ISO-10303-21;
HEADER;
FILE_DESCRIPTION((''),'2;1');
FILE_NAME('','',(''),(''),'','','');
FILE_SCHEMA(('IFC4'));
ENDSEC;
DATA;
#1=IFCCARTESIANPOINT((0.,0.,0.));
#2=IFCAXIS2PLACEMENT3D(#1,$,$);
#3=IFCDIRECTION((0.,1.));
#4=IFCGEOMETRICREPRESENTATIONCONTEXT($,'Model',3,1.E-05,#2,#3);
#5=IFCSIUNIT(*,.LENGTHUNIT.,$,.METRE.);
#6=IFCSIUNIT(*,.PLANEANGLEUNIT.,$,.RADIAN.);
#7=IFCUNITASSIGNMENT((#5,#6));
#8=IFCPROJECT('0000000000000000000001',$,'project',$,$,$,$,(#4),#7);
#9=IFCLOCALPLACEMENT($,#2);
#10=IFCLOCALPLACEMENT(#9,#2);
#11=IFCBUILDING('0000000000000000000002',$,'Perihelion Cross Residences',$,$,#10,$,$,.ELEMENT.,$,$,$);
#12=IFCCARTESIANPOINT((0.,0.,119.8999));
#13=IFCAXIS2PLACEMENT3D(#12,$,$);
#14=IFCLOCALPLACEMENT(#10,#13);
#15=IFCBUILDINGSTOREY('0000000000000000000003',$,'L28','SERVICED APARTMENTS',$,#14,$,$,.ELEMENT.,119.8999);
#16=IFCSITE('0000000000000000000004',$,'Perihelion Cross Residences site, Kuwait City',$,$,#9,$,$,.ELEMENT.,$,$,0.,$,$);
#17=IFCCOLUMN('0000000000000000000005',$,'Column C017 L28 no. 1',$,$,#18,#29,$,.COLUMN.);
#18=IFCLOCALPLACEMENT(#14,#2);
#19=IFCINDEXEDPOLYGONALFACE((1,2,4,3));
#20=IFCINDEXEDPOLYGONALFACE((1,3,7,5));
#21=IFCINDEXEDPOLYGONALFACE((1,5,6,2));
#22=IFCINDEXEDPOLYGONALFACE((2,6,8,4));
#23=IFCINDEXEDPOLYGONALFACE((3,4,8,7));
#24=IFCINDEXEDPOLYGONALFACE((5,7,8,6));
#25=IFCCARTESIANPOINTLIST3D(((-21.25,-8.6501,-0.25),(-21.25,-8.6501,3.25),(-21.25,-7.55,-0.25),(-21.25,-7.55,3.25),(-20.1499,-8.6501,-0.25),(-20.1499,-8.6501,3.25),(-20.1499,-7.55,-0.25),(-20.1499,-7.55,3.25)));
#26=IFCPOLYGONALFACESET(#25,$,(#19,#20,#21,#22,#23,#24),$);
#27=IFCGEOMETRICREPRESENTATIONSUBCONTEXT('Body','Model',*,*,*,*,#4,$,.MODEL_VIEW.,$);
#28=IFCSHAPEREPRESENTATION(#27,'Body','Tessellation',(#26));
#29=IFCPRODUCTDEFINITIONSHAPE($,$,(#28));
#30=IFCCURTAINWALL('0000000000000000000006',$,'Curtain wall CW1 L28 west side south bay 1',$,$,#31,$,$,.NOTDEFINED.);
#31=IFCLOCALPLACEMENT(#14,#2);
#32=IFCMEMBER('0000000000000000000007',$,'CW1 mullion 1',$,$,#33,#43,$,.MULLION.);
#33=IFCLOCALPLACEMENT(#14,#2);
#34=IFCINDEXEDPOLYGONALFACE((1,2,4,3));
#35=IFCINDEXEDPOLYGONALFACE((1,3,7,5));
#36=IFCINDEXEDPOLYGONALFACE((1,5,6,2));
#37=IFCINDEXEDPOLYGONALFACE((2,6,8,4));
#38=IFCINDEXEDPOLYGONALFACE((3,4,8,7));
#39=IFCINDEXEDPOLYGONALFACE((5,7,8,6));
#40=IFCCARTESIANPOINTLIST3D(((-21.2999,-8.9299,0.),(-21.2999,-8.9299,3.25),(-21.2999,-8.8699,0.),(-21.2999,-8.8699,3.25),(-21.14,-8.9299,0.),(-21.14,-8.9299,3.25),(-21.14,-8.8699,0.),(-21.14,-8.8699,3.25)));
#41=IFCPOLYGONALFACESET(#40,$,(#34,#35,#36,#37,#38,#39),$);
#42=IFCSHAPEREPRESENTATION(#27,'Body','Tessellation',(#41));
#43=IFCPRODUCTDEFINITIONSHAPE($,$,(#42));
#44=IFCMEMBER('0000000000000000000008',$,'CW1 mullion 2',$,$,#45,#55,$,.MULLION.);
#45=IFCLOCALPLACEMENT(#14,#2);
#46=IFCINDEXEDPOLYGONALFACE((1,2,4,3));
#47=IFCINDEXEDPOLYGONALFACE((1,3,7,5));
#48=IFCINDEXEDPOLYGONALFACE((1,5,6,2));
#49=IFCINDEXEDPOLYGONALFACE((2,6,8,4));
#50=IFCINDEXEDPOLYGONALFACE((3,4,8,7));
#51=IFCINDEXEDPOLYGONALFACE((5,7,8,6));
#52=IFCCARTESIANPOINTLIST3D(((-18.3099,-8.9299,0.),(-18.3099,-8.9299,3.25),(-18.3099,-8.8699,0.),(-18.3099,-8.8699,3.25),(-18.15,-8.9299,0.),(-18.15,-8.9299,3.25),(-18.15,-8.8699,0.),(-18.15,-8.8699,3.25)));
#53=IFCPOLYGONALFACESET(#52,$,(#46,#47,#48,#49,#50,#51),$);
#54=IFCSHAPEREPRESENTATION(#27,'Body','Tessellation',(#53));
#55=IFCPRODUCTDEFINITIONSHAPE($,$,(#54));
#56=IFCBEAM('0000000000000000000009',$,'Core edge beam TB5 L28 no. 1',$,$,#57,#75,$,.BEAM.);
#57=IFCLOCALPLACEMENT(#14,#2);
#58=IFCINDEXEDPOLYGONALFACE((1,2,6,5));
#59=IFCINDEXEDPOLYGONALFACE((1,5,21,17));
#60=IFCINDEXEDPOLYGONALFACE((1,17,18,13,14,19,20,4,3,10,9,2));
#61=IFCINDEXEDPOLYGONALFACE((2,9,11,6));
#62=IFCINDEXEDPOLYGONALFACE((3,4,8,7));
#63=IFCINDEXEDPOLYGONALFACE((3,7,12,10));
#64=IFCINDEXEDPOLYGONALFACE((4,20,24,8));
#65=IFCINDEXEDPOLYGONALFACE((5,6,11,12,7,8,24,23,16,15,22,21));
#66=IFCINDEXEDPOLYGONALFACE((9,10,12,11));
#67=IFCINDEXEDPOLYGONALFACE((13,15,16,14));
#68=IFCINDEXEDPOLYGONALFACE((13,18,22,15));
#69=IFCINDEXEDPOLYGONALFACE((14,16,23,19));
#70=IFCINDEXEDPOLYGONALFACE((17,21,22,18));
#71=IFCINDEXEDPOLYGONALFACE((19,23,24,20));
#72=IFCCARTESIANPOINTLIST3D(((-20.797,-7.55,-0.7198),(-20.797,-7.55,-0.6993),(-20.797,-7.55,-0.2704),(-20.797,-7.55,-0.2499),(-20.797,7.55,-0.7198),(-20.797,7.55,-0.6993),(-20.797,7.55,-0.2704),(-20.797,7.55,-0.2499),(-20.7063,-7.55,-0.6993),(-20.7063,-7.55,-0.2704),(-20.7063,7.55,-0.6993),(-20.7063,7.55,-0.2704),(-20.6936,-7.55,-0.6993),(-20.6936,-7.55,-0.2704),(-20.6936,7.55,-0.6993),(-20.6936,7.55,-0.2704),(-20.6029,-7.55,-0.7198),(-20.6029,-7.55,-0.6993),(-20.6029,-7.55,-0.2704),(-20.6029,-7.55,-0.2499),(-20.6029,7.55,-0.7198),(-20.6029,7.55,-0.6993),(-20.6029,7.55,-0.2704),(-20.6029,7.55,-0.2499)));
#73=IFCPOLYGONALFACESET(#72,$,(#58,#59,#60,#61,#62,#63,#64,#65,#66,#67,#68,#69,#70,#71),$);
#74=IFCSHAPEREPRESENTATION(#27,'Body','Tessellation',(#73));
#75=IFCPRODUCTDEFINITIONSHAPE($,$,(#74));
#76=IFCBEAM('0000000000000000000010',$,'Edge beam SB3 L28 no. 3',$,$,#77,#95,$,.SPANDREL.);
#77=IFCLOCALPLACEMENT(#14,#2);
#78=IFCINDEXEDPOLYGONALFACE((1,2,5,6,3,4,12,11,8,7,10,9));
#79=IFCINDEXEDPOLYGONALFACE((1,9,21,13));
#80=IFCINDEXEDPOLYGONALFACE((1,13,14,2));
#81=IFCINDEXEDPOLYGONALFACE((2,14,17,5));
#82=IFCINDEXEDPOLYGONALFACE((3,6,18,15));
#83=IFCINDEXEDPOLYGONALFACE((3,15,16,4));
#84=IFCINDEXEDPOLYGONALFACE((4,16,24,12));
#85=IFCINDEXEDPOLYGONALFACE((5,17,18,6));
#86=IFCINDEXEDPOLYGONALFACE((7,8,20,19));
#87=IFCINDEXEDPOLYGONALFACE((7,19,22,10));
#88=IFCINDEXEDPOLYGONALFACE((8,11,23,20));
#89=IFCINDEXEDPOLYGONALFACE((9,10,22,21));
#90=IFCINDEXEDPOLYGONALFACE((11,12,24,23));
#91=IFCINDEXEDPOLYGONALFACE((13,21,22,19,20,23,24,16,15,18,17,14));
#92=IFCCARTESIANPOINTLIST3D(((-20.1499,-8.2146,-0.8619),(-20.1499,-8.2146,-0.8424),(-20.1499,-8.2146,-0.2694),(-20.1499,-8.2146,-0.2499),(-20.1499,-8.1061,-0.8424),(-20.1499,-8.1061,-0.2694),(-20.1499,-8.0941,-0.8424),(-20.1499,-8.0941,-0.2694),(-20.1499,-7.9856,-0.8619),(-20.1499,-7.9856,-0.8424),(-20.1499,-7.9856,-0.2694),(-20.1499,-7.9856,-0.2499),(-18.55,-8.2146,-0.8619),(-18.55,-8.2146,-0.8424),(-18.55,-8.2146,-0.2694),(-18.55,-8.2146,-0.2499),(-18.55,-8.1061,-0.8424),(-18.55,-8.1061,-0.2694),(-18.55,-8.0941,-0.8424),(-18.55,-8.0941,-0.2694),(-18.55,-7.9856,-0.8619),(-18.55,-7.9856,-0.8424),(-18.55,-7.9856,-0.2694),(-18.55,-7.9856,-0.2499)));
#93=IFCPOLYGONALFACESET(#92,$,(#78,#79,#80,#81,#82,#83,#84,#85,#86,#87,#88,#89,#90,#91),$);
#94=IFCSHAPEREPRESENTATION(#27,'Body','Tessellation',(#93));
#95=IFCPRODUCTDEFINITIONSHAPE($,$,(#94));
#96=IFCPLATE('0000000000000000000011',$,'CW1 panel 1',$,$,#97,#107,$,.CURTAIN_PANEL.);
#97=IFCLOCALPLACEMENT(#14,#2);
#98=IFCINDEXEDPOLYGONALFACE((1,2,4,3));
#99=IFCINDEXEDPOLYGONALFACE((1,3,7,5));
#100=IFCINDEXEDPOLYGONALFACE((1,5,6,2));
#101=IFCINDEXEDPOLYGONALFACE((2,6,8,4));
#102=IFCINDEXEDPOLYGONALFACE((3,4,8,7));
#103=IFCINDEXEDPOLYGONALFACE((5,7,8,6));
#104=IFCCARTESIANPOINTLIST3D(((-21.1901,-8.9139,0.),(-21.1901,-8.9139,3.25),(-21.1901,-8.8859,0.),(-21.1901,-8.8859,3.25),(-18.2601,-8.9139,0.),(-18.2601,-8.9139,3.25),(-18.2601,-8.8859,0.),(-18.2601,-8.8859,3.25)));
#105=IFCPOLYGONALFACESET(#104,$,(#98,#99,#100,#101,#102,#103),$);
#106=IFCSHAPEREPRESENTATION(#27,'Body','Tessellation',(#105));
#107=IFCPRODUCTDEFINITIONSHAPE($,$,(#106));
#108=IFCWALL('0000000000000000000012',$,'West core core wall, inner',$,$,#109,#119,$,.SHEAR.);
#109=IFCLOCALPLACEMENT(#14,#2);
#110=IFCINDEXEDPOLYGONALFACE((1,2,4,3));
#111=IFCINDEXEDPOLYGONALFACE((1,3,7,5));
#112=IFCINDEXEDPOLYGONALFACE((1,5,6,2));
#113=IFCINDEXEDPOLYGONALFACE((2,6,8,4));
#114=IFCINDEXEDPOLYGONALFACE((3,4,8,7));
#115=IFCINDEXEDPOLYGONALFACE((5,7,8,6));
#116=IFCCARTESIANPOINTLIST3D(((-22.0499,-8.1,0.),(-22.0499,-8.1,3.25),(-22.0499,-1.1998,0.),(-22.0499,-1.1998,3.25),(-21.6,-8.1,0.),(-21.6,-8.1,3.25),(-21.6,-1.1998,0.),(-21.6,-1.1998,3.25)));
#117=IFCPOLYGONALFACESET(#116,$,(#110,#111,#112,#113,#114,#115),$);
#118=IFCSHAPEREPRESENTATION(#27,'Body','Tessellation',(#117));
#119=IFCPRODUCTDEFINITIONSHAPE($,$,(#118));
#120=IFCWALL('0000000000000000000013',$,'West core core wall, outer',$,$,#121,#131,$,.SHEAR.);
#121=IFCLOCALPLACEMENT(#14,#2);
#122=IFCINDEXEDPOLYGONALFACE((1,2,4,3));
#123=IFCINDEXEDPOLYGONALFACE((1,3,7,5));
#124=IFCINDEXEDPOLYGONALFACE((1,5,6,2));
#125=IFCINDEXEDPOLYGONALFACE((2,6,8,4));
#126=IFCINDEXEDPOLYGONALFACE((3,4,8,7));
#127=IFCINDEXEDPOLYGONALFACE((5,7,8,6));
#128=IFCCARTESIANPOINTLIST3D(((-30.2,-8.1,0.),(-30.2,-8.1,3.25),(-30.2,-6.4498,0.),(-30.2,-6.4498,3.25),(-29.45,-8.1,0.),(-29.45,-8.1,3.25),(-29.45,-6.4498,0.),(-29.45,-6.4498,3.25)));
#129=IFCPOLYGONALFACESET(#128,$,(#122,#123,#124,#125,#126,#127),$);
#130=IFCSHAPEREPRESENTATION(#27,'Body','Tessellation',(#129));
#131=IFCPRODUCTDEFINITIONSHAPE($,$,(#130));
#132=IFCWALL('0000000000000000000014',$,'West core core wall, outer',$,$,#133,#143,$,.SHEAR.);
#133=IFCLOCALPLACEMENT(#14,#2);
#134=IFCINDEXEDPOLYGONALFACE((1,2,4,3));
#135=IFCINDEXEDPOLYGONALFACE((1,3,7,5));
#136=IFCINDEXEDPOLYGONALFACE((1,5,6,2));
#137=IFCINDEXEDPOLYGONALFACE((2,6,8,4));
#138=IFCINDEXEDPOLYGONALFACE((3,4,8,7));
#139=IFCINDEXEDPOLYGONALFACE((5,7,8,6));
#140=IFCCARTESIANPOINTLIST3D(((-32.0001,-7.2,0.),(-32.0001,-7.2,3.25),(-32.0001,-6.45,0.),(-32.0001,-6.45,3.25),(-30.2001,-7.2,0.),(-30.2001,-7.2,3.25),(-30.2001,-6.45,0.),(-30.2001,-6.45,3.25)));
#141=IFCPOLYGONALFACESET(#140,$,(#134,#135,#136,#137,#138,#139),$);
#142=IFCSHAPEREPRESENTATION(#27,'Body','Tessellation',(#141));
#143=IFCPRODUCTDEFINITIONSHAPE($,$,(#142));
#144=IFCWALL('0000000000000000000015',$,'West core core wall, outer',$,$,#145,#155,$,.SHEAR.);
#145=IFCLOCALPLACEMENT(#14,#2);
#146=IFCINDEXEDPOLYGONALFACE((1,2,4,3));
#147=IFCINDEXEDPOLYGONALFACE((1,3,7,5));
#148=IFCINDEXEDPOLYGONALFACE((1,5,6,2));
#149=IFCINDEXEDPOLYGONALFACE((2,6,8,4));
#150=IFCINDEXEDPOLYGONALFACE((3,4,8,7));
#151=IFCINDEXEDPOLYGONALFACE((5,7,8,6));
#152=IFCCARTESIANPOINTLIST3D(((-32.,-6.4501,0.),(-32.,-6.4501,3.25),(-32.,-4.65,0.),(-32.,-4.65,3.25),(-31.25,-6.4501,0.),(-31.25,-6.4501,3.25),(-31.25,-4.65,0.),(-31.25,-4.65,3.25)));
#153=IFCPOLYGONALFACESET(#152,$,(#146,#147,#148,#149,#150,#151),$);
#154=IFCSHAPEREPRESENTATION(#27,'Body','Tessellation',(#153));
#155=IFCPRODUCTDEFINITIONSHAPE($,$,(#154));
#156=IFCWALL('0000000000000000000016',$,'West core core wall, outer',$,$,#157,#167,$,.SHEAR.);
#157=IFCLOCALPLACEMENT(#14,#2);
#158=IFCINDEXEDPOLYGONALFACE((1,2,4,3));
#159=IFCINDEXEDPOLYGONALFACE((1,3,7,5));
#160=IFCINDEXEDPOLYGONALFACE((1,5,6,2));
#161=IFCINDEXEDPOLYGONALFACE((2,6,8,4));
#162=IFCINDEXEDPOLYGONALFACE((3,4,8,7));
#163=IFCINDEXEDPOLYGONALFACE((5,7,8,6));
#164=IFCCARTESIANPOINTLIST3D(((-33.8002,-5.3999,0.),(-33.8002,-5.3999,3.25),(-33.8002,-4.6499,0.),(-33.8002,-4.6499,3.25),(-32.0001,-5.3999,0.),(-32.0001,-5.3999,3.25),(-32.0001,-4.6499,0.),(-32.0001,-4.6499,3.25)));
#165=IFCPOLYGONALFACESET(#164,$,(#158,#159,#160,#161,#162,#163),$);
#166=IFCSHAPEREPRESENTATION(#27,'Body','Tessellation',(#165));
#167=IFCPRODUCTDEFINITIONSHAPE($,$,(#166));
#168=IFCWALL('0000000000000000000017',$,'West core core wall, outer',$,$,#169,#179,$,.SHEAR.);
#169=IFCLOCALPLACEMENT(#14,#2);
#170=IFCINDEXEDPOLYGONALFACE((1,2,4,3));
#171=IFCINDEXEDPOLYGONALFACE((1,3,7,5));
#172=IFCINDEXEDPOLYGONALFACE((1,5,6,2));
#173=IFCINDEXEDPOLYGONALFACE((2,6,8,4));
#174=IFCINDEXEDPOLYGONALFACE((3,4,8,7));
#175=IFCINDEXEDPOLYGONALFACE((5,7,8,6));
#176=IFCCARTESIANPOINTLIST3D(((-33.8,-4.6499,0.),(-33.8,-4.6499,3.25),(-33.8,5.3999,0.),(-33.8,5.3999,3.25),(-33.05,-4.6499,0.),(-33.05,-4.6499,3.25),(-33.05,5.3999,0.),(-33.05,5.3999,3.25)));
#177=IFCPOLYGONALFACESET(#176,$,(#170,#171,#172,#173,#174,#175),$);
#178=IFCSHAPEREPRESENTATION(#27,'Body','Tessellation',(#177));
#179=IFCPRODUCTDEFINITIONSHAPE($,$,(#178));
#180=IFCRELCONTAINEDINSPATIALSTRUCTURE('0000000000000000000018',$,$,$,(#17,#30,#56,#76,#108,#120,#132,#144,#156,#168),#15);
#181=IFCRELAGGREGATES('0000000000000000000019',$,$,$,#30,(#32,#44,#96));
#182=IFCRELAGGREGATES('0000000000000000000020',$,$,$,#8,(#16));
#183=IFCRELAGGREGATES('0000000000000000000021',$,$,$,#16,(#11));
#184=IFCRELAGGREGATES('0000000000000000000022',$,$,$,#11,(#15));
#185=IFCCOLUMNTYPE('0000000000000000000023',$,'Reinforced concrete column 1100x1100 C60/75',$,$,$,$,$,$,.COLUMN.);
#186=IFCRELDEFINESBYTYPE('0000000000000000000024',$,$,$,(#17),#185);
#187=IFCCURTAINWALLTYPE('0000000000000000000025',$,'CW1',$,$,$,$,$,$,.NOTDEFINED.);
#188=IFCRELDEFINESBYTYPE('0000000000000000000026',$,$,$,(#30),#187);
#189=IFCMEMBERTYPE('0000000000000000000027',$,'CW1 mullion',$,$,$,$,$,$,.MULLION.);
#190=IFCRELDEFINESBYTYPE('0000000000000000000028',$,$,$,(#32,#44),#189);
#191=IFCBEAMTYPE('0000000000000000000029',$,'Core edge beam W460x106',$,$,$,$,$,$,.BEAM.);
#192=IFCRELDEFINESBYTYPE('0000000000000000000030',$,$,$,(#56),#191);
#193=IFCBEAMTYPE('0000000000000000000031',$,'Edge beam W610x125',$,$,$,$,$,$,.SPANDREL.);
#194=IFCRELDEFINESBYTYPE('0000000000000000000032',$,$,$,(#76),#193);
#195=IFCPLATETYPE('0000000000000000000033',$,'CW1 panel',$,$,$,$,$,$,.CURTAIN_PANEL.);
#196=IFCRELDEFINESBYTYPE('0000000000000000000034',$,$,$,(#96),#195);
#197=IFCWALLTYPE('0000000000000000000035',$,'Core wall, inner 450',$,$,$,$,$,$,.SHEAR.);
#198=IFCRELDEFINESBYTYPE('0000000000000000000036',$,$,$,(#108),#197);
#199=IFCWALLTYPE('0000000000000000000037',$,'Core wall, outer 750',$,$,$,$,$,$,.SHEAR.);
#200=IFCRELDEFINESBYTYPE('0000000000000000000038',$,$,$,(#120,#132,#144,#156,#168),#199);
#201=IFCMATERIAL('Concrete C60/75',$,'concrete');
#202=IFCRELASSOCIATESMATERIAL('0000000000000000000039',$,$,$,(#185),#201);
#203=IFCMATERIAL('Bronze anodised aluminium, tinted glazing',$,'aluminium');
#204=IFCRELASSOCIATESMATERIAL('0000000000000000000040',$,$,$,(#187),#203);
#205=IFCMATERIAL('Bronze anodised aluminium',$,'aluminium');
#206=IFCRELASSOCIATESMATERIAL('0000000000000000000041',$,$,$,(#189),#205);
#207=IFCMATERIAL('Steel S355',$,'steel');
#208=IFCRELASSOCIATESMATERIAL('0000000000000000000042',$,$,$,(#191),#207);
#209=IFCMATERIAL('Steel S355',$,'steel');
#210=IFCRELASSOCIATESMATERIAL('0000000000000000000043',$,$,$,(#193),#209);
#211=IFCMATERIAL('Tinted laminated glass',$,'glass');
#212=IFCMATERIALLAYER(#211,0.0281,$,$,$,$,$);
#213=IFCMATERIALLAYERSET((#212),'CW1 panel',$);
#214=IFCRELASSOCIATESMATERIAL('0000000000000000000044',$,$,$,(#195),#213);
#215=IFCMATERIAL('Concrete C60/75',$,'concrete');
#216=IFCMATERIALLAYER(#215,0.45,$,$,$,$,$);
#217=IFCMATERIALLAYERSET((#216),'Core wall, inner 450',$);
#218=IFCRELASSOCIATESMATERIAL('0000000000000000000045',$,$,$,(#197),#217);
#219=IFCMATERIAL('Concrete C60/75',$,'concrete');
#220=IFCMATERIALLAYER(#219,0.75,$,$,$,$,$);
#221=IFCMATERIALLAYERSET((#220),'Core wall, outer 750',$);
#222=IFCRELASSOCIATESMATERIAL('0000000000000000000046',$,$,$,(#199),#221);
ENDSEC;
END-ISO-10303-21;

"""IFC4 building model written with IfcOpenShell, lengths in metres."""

from ifc_helpers import new_model, si_unit, direction, frame, frame_2d, origin, origin_2d, place, context, subcontext, project, spatial, rectangle, i_section, extrude, material, layer, layer_set, material_profile, profile_set, type_object, element, aggregate, save


model = new_model("IFC4")

# Units and contexts
model_context = context("Model", 3, precision=1e-05, world=origin(), true_north=direction((0.0, 1.0)))
body_context = subcontext(model_context, "Body", "Model", "MODEL_VIEW")
ifc_project = project(units=[si_unit("LENGTHUNIT", "METRE"), si_unit("PLANEANGLEUNIT", "RADIAN")], contexts=[model_context])

# Site, building, storey
site_placement = place(None, origin())
site = spatial("IfcSite", under=ifc_project, at=site_placement, Name="Perihelion Cross Residences site, Kuwait City", CompositionType="ELEMENT", RefElevation=0.0)
building_placement = place(site_placement, origin())
building = spatial("IfcBuilding", under=site, at=building_placement, Name="Perihelion Cross Residences", CompositionType="ELEMENT")
storey_placement = place(building_placement, frame((0.0, 0.0, 119.8999)))
storey = spatial("IfcBuildingStorey", under=building, at=storey_placement, Name="L28", Description="SERVICED APARTMENTS", CompositionType="ELEMENT", Elevation=119.8999)

# Column
ifc_material_1 = material(Name="Concrete C60/75", Category="concrete")
ifc_material_profile_1 = material_profile(ifc_material_1, rectangle(XDim=1.1001, YDim=1.1001, at=origin_2d()), Name="RC 1100x1100")
ifc_profile_set_1 = profile_set([ifc_material_profile_1], Name="Concrete C60/75")
column_type = type_object("IfcColumnType", Name="Reinforced concrete column 1100x1100 C60/75", PredefinedType="COLUMN", material=ifc_profile_set_1)
column_placement = place(storey_placement, frame((-20.7, -8.1001, -0.25), z_axis=(0.0, 0.0, 1.0), x_axis=(1.0, 0.0, 0.0)))
element("IfcColumn", 1, at=column_placement, inside=storey, type_object=column_type, Name="Column C017 L28 no. 1", PredefinedType="COLUMN", context=body_context, shape_type="SweptSolid", body=[
    extrude(rectangle(XDim=1.1001, YDim=1.1001, at=origin_2d()), origin(), (0.0, 0.0, 1.0), 3.5),
])

# Curtain wall, members
ifc_material_2 = material(Name="Bronze anodised aluminium, tinted glazing", Category="aluminium")
curtain_wall_type = type_object("IfcCurtainWallType", Name="CW1", PredefinedType="NOTDEFINED", material=ifc_material_2)
curtain_wall_placement = place(storey_placement, origin())
curtain_wall = element("IfcCurtainWall", 2, at=curtain_wall_placement, inside=storey, type_object=curtain_wall_type, Name="Curtain wall CW1 L28 west side south bay 1", PredefinedType="NOTDEFINED")
ifc_material_3 = material(Name="Bronze anodised aluminium", Category="aluminium")
ifc_material_profile_2 = material_profile(ifc_material_3, rectangle(XDim=0.0601, YDim=0.1599, at=origin_2d()), Name="CW1 mullion")
ifc_profile_set_2 = profile_set([ifc_material_profile_2], Name="Bronze anodised aluminium")
member_type = type_object("IfcMemberType", Name="CW1 mullion", PredefinedType="MULLION", material=ifc_profile_set_2)
member_1_placement = place(storey_placement, frame((-21.22, -8.8999, 0.0), z_axis=(0.0, 0.0, 1.0), x_axis=(0.0, 1.0, 0.0)))
member_1 = element("IfcMember", 3, at=member_1_placement, type_object=member_type, Name="CW1 mullion 1", PredefinedType="MULLION", context=body_context, shape_type="SweptSolid", body=[
    extrude(rectangle(XDim=0.0601, YDim=0.1599, at=origin_2d()), origin(), (0.0, 0.0, 1.0), 3.25),
])
member_2_placement = place(storey_placement, frame((-18.23, -8.8999, 0.0), z_axis=(0.0, 0.0, 1.0), x_axis=(0.0, 1.0, 0.0)))
member_2 = element("IfcMember", 4, at=member_2_placement, type_object=member_type, Name="CW1 mullion 2", PredefinedType="MULLION", context=body_context, shape_type="SweptSolid", body=[
    extrude(rectangle(XDim=0.0601, YDim=0.1599, at=origin_2d()), origin(), (0.0, 0.0, 1.0), 3.25),
])

# Beams
ifc_material_4 = material(Name="Steel S355", Category="steel")
ifc_material_profile_3 = material_profile(ifc_material_4, i_section(OverallWidth=0.1941, OverallDepth=0.47, WebThickness=0.0127, FlangeThickness=0.0205, at=origin_2d()), Name="W460x106")
ifc_profile_set_3 = profile_set([ifc_material_profile_3], Name="Steel S355")
beam_type_1 = type_object("IfcBeamType", Name="Core edge beam W460x106", PredefinedType="BEAM", material=ifc_profile_set_3)
beam_1_placement = place(storey_placement, frame((-20.7, -7.55, -0.4849), z_axis=(0.0, 1.0, 0.0), x_axis=(-1.0, 0.0, 0.0)))
element("IfcBeam", 5, at=beam_1_placement, inside=storey, type_object=beam_type_1, Name="Core edge beam TB5 L28 no. 1", PredefinedType="BEAM", context=body_context, shape_type="SweptSolid", body=[
    extrude(i_section(OverallWidth=0.1941, OverallDepth=0.47, WebThickness=0.0127, FlangeThickness=0.0205, at=origin_2d()), origin(), (0.0, 0.0, 1.0), 15.1001),
])
ifc_material_5 = material(Name="Steel S355", Category="steel")
ifc_material_profile_4 = material_profile(ifc_material_5, i_section(OverallWidth=0.229, OverallDepth=0.6121, WebThickness=0.012, FlangeThickness=0.0195, at=origin_2d()), Name="W610x125")
ifc_profile_set_4 = profile_set([ifc_material_profile_4], Name="Steel S355")
beam_type_2 = type_object("IfcBeamType", Name="Edge beam W610x125", PredefinedType="SPANDREL", material=ifc_profile_set_4)
beam_2_placement = place(storey_placement, frame((-20.1499, -8.1001, -0.5559), z_axis=(1.0, 0.0, 0.0), x_axis=(0.0, 1.0, 0.0)))
element("IfcBeam", 6, at=beam_2_placement, inside=storey, type_object=beam_type_2, Name="Edge beam SB3 L28 no. 3", PredefinedType="SPANDREL", context=body_context, shape_type="SweptSolid", body=[
    extrude(i_section(OverallWidth=0.229, OverallDepth=0.6121, WebThickness=0.012, FlangeThickness=0.0195, at=origin_2d()), origin(), (0.0, 0.0, 1.0), 1.5999),
])

# Plate
ifc_material_6 = material(Name="Tinted laminated glass", Category="glass")
ifc_layer_1 = layer(ifc_material_6, 0.0281)
ifc_layer_set_1 = layer_set([ifc_layer_1], Name="CW1 panel")
plate_type = type_object("IfcPlateType", Name="CW1 panel", PredefinedType="CURTAIN_PANEL", material=ifc_layer_set_1)
plate_placement = place(storey_placement, frame((-19.7251, -8.8999, 0.0), z_axis=(0.0, 0.0, 1.0), x_axis=(1.0, 0.0, 0.0)))
plate = element("IfcPlate", 7, at=plate_placement, type_object=plate_type, Name="CW1 panel 1", PredefinedType="CURTAIN_PANEL", context=body_context, shape_type="SweptSolid", body=[
    extrude(rectangle(XDim=2.9299, YDim=0.0281, at=origin_2d()), origin(), (0.0, 0.0, 1.0), 3.25),
])
aggregate(curtain_wall, [member_1, member_2, plate])

# Walls
ifc_material_7 = material(Name="Concrete C60/75", Category="concrete")
ifc_layer_2 = layer(ifc_material_7, 0.45)
ifc_layer_set_2 = layer_set([ifc_layer_2], Name="Core wall, inner 450")
wall_type_1 = type_object("IfcWallType", Name="Core wall, inner 450", PredefinedType="SHEAR", material=ifc_layer_set_2)
wall_1_placement = place(storey_placement, frame((-21.825, -8.1001, 0.0), z_axis=(0.0, 0.0, 1.0), x_axis=(0.0, 1.0, 0.0)))
element("IfcWall", 8, at=wall_1_placement, inside=storey, type_object=wall_type_1, Name="West core core wall, inner", PredefinedType="SHEAR", context=body_context, shape_type="SweptSolid", body=[
    extrude(rectangle(XDim=6.9001, YDim=0.45, at=frame_2d((3.4502, 0.0))), origin(), (0.0, 0.0, 1.0), 3.25),
])
ifc_material_8 = material(Name="Concrete C60/75", Category="concrete")
ifc_layer_3 = layer(ifc_material_8, 0.75)
ifc_layer_set_3 = layer_set([ifc_layer_3], Name="Core wall, outer 750")
wall_type_2 = type_object("IfcWallType", Name="Core wall, outer 750", PredefinedType="SHEAR", material=ifc_layer_set_3)
wall_2_placement = place(storey_placement, frame((-29.825, -8.1001, 0.0), z_axis=(0.0, 0.0, 1.0), x_axis=(0.0, 1.0, 0.0)))
element("IfcWall", 9, at=wall_2_placement, inside=storey, type_object=wall_type_2, Name="West core core wall, outer", PredefinedType="SHEAR", context=body_context, shape_type="SweptSolid", body=[
    extrude(rectangle(XDim=1.6501, YDim=0.75, at=frame_2d((0.8252, 0.0))), origin(), (0.0, 0.0, 1.0), 3.25),
])
for number, where, z_axis, x_axis, name in (
    (10, (-32.0, -6.825, 0.0), (0.0, 0.0, 1.0), (1.0, 0.0, 0.0), "West core core wall, outer"),
    (11, (-31.625, -6.45, 0.0), (0.0, 0.0, 1.0), (0.0, 1.0, 0.0), "West core core wall, outer"),
    (12, (-33.8, -5.0249, 0.0), (0.0, 0.0, 1.0), (1.0, 0.0, 0.0), "West core core wall, outer"),
):
    element("IfcWall", number, at=place(storey_placement, frame(where, z_axis=z_axis, x_axis=x_axis)), inside=storey, type_object=wall_type_2, Name=name, PredefinedType="SHEAR", context=body_context, shape_type="SweptSolid", body=[
        extrude(rectangle(XDim=1.8, YDim=0.75, at=frame_2d((0.8999, 0.0))), origin(), (0.0, 0.0, 1.0), 3.25),
    ])
wall_3_placement = place(storey_placement, frame((-33.425, -4.6499, 0.0), z_axis=(0.0, 0.0, 1.0), x_axis=(0.0, 1.0, 0.0)))
element("IfcWall", 13, at=wall_3_placement, inside=storey, type_object=wall_type_2, Name="West core core wall, outer", PredefinedType="SHEAR", context=body_context, shape_type="SweptSolid", body=[
    extrude(rectangle(XDim=10.0498, YDim=0.75, at=frame_2d((5.0249, 0.0))), origin(), (0.0, 0.0, 1.0), 3.25),
])

save(model, "model.ifc")
